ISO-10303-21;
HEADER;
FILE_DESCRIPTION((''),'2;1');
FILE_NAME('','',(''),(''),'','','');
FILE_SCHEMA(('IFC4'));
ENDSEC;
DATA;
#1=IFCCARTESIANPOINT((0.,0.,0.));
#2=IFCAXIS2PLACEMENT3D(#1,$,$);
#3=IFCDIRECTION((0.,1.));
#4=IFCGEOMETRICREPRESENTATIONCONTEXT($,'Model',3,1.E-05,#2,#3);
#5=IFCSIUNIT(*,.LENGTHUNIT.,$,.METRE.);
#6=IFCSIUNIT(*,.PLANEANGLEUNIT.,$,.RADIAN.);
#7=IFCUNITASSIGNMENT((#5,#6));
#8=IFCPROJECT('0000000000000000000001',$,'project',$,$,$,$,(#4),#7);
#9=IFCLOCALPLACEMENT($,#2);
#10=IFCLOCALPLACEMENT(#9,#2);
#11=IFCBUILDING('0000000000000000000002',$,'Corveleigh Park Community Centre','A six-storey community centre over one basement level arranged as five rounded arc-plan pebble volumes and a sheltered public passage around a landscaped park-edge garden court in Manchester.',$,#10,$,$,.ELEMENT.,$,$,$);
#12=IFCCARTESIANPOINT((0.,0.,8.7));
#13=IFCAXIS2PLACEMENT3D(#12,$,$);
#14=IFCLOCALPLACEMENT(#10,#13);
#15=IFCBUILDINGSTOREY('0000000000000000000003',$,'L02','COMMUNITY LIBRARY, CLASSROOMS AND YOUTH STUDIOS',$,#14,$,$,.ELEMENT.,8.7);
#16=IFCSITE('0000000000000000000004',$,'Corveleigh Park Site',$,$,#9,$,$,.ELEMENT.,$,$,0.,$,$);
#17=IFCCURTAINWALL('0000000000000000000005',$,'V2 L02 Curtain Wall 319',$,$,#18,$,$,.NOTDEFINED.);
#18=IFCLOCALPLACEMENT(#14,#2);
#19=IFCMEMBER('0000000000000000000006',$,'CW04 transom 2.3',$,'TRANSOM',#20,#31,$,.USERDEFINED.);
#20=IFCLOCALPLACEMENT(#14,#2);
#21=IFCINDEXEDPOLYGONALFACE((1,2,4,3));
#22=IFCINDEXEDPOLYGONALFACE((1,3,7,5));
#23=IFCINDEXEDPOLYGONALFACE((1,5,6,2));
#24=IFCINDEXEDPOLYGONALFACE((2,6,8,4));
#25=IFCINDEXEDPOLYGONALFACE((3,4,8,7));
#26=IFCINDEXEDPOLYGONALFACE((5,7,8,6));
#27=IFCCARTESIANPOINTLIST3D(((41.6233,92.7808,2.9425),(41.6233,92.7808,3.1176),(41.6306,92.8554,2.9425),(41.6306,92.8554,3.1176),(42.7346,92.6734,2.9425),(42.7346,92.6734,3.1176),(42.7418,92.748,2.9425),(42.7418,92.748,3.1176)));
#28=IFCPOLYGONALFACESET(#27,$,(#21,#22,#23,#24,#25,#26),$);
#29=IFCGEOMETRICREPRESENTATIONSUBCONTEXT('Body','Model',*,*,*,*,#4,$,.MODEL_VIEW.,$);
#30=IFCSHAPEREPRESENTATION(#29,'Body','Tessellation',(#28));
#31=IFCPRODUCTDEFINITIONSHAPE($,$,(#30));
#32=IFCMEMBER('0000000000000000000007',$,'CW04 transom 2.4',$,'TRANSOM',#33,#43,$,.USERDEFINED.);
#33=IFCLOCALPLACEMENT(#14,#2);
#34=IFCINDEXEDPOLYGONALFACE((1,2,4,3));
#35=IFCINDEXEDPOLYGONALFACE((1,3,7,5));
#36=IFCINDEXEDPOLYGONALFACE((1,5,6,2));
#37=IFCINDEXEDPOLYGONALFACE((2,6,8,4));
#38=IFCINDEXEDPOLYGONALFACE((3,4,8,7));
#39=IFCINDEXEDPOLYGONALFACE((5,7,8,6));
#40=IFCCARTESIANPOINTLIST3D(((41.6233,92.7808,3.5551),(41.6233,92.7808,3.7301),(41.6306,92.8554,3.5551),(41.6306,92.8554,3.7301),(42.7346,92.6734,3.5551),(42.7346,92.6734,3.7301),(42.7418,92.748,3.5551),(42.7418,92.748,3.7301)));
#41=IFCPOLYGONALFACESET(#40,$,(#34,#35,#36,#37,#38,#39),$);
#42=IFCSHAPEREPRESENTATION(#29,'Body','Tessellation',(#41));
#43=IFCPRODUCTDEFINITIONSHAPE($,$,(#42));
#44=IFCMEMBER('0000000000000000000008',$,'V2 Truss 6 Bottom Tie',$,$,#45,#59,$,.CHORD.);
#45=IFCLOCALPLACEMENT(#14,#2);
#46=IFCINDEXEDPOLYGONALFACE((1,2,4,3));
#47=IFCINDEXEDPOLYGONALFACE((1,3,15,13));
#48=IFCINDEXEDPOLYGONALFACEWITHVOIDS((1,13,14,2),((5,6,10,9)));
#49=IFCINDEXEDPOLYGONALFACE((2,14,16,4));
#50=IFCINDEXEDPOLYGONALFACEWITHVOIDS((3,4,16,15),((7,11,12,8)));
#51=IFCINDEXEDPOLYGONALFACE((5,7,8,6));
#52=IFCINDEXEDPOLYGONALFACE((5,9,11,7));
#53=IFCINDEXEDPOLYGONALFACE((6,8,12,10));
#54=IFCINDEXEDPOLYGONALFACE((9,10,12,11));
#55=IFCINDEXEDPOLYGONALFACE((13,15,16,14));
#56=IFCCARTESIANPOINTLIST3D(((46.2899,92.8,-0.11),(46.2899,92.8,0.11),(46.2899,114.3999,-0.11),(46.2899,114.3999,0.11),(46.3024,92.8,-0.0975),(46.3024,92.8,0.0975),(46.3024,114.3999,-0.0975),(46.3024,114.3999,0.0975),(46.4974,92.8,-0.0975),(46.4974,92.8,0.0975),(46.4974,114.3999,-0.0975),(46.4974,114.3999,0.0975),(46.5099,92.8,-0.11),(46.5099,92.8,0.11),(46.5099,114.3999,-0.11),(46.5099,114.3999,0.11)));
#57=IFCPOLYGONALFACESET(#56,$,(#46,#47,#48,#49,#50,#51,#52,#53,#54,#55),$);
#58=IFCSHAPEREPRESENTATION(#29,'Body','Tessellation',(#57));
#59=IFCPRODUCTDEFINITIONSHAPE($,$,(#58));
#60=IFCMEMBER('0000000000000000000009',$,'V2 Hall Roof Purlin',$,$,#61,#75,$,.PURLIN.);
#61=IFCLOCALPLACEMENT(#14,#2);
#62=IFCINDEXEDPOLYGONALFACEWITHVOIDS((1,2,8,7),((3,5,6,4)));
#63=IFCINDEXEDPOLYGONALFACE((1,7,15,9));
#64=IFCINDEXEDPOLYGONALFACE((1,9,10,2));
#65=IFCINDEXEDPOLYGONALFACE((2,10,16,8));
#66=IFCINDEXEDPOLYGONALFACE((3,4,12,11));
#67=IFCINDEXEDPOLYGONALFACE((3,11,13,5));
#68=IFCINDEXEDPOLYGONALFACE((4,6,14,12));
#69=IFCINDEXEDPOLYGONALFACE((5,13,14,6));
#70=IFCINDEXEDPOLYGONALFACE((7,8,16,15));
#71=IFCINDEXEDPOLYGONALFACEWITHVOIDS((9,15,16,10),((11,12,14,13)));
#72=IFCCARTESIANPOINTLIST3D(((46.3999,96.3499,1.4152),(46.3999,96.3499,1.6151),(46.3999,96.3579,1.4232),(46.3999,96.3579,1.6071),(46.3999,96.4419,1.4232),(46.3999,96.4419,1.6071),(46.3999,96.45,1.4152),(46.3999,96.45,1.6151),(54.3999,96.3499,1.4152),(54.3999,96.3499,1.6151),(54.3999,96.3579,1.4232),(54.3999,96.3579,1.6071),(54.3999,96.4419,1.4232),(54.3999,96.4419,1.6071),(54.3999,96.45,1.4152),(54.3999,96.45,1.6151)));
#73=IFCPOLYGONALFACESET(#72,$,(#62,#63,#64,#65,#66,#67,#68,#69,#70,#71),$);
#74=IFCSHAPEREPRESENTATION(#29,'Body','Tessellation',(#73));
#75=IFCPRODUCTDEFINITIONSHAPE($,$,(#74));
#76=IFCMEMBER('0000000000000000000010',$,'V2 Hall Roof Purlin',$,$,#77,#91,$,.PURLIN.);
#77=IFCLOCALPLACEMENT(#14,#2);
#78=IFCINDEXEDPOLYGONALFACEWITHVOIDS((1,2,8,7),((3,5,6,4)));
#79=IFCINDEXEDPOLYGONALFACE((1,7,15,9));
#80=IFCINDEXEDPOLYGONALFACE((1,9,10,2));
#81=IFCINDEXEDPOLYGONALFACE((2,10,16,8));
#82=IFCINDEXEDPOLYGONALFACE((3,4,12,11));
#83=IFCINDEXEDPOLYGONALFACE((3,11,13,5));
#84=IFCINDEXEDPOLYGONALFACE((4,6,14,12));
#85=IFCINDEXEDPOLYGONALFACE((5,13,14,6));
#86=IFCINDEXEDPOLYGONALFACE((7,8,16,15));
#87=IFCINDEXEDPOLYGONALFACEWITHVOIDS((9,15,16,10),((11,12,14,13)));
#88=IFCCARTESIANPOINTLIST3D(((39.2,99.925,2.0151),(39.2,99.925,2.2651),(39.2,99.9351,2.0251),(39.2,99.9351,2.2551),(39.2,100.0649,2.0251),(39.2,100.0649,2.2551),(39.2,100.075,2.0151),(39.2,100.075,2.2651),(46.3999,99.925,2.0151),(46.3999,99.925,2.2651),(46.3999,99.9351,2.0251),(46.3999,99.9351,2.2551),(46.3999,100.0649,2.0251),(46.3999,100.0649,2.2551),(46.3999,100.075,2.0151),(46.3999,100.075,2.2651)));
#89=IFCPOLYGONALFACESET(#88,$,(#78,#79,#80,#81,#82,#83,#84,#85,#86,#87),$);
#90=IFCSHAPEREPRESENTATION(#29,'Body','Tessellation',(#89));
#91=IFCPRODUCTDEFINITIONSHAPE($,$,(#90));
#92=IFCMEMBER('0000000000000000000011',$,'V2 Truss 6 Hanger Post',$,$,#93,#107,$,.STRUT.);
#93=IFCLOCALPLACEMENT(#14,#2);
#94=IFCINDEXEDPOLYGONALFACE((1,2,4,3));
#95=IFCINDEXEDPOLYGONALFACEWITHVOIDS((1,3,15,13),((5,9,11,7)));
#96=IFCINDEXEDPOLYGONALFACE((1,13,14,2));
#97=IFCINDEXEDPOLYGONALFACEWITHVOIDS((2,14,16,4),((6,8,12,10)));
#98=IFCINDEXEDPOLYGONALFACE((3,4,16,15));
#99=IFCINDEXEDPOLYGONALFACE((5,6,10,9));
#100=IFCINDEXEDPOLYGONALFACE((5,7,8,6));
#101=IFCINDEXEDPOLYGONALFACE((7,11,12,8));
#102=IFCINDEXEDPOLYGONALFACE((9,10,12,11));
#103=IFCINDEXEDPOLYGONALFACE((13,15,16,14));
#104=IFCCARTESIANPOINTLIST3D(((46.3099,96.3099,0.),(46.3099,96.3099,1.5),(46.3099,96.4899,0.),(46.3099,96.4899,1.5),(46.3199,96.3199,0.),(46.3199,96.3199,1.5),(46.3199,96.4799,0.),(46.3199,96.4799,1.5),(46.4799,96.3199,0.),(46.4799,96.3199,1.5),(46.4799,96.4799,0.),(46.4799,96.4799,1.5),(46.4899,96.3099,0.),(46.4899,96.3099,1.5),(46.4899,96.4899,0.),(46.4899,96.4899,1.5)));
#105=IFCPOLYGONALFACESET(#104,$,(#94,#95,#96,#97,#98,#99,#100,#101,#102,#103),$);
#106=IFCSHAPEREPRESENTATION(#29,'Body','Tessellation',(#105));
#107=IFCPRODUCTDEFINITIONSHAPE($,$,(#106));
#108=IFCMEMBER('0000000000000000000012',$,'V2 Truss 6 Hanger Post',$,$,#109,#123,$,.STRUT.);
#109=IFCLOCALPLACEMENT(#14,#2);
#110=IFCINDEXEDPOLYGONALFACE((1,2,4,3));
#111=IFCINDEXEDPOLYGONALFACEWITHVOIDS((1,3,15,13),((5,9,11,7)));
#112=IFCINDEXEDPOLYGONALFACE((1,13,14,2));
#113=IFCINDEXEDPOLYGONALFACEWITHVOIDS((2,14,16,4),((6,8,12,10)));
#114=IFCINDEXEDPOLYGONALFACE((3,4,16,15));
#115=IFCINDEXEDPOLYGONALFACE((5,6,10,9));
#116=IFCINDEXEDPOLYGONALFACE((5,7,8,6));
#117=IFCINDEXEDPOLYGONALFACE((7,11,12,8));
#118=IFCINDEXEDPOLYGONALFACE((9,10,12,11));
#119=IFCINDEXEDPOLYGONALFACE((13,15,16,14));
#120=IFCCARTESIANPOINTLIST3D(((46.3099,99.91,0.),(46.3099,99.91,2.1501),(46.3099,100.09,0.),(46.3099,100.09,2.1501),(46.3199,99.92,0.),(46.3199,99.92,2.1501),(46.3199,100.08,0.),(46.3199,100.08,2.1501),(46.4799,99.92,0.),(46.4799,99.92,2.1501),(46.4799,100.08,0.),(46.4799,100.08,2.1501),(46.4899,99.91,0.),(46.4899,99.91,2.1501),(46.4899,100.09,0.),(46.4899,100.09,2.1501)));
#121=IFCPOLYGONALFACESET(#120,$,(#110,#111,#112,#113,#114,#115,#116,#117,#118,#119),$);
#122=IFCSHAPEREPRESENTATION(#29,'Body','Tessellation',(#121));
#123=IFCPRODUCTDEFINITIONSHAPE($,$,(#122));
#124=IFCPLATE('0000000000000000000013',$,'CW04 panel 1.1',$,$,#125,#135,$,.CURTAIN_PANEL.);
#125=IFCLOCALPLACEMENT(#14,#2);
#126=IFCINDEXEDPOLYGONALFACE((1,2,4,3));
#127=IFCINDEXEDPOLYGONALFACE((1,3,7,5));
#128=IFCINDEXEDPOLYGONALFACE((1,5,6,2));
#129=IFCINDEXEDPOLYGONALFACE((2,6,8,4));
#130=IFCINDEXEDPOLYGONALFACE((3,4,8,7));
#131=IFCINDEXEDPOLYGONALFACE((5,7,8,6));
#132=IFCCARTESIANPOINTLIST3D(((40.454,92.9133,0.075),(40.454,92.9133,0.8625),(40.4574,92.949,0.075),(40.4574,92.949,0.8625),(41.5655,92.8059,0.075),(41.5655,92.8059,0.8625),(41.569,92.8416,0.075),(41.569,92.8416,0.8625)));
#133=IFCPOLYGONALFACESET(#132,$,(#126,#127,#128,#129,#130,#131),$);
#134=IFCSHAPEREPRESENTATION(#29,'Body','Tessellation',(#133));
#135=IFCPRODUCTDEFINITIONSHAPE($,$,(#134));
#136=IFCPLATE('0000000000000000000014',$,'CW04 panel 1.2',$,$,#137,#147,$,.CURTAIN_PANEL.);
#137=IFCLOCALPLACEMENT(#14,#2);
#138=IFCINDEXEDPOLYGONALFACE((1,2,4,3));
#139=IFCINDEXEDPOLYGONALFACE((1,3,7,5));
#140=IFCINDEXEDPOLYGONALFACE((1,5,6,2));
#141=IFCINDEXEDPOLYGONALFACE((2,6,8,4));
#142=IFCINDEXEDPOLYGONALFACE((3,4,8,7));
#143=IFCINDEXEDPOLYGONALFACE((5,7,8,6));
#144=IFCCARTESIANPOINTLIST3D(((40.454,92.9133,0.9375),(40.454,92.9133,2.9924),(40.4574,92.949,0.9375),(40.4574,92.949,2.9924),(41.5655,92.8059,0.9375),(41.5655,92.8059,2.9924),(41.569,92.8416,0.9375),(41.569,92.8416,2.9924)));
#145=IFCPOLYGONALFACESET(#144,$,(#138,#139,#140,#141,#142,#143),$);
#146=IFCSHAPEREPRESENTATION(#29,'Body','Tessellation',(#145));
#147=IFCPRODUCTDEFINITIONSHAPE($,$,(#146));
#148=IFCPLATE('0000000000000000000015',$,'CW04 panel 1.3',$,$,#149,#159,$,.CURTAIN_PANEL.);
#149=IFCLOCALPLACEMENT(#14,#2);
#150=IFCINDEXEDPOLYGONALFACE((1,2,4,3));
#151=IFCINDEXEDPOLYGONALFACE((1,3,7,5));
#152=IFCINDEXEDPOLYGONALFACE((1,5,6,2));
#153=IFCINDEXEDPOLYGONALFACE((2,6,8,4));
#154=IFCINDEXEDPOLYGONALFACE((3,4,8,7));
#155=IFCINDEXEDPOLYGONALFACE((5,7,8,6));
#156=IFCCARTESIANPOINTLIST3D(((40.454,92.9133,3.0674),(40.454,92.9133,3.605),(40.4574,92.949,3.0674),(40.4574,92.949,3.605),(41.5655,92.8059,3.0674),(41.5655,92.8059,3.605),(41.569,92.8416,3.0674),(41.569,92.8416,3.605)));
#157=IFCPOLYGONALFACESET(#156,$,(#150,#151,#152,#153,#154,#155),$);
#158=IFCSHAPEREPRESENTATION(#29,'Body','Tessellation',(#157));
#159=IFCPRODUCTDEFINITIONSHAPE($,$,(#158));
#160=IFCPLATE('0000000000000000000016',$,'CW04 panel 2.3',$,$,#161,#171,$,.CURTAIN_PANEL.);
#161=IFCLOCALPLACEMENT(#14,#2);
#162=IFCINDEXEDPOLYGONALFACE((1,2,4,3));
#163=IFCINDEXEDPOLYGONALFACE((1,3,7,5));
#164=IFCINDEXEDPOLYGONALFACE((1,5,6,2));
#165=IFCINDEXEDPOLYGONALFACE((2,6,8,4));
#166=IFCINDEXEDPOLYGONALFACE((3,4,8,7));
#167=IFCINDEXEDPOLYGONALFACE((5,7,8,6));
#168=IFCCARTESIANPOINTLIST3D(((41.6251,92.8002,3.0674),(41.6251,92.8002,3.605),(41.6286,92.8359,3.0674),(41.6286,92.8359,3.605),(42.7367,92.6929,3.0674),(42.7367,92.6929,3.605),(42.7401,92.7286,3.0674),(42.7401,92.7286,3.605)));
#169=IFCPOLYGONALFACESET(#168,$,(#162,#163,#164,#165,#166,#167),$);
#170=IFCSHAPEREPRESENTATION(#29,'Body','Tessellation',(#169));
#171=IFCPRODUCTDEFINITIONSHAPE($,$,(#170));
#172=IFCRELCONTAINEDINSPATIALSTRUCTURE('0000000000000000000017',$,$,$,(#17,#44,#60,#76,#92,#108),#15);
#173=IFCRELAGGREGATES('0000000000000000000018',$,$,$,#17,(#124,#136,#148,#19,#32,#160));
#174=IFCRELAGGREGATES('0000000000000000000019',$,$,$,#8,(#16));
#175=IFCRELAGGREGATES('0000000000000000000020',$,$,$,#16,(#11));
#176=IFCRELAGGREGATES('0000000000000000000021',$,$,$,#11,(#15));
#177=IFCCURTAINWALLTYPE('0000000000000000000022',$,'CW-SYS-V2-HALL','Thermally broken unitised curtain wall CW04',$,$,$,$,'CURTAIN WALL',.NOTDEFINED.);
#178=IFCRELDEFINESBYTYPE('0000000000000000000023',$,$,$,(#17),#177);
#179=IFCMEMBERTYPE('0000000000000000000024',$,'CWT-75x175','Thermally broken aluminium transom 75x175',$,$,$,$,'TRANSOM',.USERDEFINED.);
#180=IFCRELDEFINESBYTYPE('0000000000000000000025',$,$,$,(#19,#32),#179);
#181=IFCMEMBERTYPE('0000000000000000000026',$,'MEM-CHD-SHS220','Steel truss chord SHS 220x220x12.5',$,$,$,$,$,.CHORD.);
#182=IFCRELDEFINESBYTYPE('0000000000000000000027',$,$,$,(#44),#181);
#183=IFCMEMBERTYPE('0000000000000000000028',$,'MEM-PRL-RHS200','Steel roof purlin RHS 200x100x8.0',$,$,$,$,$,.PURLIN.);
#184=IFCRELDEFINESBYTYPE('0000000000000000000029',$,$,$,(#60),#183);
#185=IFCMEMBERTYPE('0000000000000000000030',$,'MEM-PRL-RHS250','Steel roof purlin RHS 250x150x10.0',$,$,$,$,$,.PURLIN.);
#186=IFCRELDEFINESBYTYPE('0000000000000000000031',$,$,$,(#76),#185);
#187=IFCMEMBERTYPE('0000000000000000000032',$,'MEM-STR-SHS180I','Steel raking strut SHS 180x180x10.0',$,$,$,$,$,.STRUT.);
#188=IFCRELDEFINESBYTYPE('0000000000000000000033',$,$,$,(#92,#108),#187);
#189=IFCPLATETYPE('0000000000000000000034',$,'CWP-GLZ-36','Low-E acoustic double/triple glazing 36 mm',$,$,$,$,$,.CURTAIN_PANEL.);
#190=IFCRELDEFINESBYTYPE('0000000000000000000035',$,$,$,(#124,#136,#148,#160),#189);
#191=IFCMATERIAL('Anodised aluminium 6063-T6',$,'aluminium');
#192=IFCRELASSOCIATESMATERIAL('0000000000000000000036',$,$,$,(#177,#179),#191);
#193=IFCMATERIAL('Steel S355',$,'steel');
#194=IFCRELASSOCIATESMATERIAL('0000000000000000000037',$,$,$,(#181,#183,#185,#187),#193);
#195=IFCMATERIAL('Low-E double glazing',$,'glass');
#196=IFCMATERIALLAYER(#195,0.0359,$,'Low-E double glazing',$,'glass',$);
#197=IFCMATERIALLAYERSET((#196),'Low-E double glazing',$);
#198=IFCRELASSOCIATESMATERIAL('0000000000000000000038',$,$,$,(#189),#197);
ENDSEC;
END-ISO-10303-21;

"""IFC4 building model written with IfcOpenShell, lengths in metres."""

from ifc_helpers import new_model, si_unit, direction, frame, origin, origin_2d, place, context, subcontext, project, spatial, rectangle, hollow_rectangle, extrude, material, layer, layer_set, material_profile, profile_set, type_object, element, aggregate, save


model = new_model("IFC4")

# Units and contexts
model_context = context("Model", 3, precision=1e-05, world=origin(), true_north=direction((0.0, 1.0)))
body_context = subcontext(model_context, "Body", "Model", "MODEL_VIEW")
ifc_project = project(units=[si_unit("LENGTHUNIT", "METRE"), si_unit("PLANEANGLEUNIT", "RADIAN")], contexts=[model_context])

# Site, building, storey
site_placement = place(None, origin())
site = spatial("IfcSite", under=ifc_project, at=site_placement, Name="Corveleigh Park Site", CompositionType="ELEMENT", RefElevation=0.0)
building_placement = place(site_placement, origin())
building = spatial("IfcBuilding", under=site, at=building_placement, Name="Corveleigh Park Community Centre", Description="A six-storey community centre over one basement level arranged as five rounded arc-plan pebble volumes and a sheltered public passage around a landscaped park-edge garden court in Manchester.", CompositionType="ELEMENT")
storey_placement = place(building_placement, frame((0.0, 0.0, 8.7)))
storey = spatial("IfcBuildingStorey", under=building, at=storey_placement, Name="L02", Description="COMMUNITY LIBRARY, CLASSROOMS AND YOUTH STUDIOS", CompositionType="ELEMENT", Elevation=8.7)

# Shared definitions
ifc_material_1 = material(Name="Steel S355", Category="steel")

# Curtain wall, members
ifc_material_2 = material(Name="Anodised aluminium 6063-T6", Category="aluminium")
curtain_wall_type = type_object("IfcCurtainWallType", Name="CW-SYS-V2-HALL", Description="Thermally broken unitised curtain wall CW04", ElementType="CURTAIN WALL", PredefinedType="NOTDEFINED", material=ifc_material_2)
curtain_wall_placement = place(storey_placement, origin())
curtain_wall = element("IfcCurtainWall", 1, at=curtain_wall_placement, inside=storey, type_object=curtain_wall_type, Name="V2 L02 Curtain Wall 319", PredefinedType="NOTDEFINED")
ifc_material_profile_1 = material_profile(ifc_material_2, rectangle(XDim=0.075, YDim=0.175, at=origin_2d()), Name="ALU-T75x175", Category="aluminium")
ifc_profile_set_1 = profile_set([ifc_material_profile_1], Name="Anodised aluminium 6063-T6")
member_type_1 = type_object("IfcMemberType", Name="CWT-75x175", Description="Thermally broken aluminium transom 75x175", ElementType="TRANSOM", PredefinedType="USERDEFINED", material=ifc_profile_set_1)
member_1_placement = place(storey_placement, frame((41.627, 92.8181, 3.03), z_axis=(0.995361, -0.096212, 0.0), x_axis=(0.096212, 0.995361, 0.0)))
member_1 = element("IfcMember", 2, at=member_1_placement, type_object=member_type_1, Name="CW04 transom 2.3", ObjectType="TRANSOM", PredefinedType="USERDEFINED", context=body_context, shape_type="SweptSolid", body=[
    extrude(rectangle(XDim=0.075, YDim=0.175, at=origin_2d()), origin(), (0.0, 0.0, 1.0), 1.1165),
])
member_2_placement = place(storey_placement, frame((41.627, 92.8181, 3.6426), z_axis=(0.995361, -0.096212, 0.0), x_axis=(0.096212, 0.995361, 0.0)))
member_2 = element("IfcMember", 3, at=member_2_placement, type_object=member_type_1, Name="CW04 transom 2.4", ObjectType="TRANSOM", PredefinedType="USERDEFINED", context=body_context, shape_type="SweptSolid", body=[
    extrude(rectangle(XDim=0.075, YDim=0.175, at=origin_2d()), origin(), (0.0, 0.0, 1.0), 1.1165),
])

# Members
ifc_material_profile_2 = material_profile(ifc_material_1, hollow_rectangle(XDim=0.22, YDim=0.22, WallThickness=0.0125, at=origin_2d()), Name="SHS 220x220x12.5", Category="steel")
ifc_profile_set_2 = profile_set([ifc_material_profile_2], Name="Steel S355")
member_type_2 = type_object("IfcMemberType", Name="MEM-CHD-SHS220", Description="Steel truss chord SHS 220x220x12.5", PredefinedType="CHORD", material=ifc_profile_set_2)
member_3_placement = place(storey_placement, frame((46.3999, 92.8, 0.0), z_axis=(0.0, 1.0, 0.0), x_axis=(-1.0, 0.0, 0.0)))
element("IfcMember", 4, at=member_3_placement, inside=storey, type_object=member_type_2, Name="V2 Truss 6 Bottom Tie", PredefinedType="CHORD", context=body_context, shape_type="SweptSolid", body=[
    extrude(hollow_rectangle(XDim=0.22, YDim=0.22, WallThickness=0.0125, at=origin_2d()), origin(), (0.0, 0.0, 1.0), 21.5999),
])
ifc_material_profile_3 = material_profile(ifc_material_1, hollow_rectangle(XDim=0.1001, YDim=0.2, WallThickness=0.0081, at=origin_2d()), Name="RHS 200x100x8.0", Category="steel")
ifc_profile_set_3 = profile_set([ifc_material_profile_3], Name="Steel S355")
member_type_3 = type_object("IfcMemberType", Name="MEM-PRL-RHS200", Description="Steel roof purlin RHS 200x100x8.0", PredefinedType="PURLIN", material=ifc_profile_set_3)
member_4_placement = place(storey_placement, frame((46.3999, 96.3999, 1.5151), z_axis=(1.0, 0.0, 0.0), x_axis=(0.0, 1.0, 0.0)))
element("IfcMember", 5, at=member_4_placement, inside=storey, type_object=member_type_3, Name="V2 Hall Roof Purlin", PredefinedType="PURLIN", context=body_context, shape_type="SweptSolid", body=[
    extrude(hollow_rectangle(XDim=0.1001, YDim=0.2, WallThickness=0.0081, at=origin_2d()), origin(), (0.0, 0.0, 1.0), 8.0),
])
ifc_material_profile_4 = material_profile(ifc_material_1, hollow_rectangle(XDim=0.1499, YDim=0.25, WallThickness=0.01, at=origin_2d()), Name="RHS 250x150x10.0", Category="steel")
ifc_profile_set_4 = profile_set([ifc_material_profile_4], Name="Steel S355")
member_type_4 = type_object("IfcMemberType", Name="MEM-PRL-RHS250", Description="Steel roof purlin RHS 250x150x10.0", PredefinedType="PURLIN", material=ifc_profile_set_4)
member_5_placement = place(storey_placement, frame((39.2, 100.0, 2.1401), z_axis=(1.0, 0.0, 0.0), x_axis=(0.0, 1.0, 0.0)))
element("IfcMember", 6, at=member_5_placement, inside=storey, type_object=member_type_4, Name="V2 Hall Roof Purlin", PredefinedType="PURLIN", context=body_context, shape_type="SweptSolid", body=[
    extrude(hollow_rectangle(XDim=0.1499, YDim=0.25, WallThickness=0.01, at=origin_2d()), origin(), (0.0, 0.0, 1.0), 7.2),
])
ifc_material_profile_5 = material_profile(ifc_material_1, hollow_rectangle(XDim=0.1799, YDim=0.1799, WallThickness=0.01, at=origin_2d()), Name="SHS 180x180x10.0", Category="steel")
ifc_profile_set_5 = profile_set([ifc_material_profile_5], Name="Steel S355")
member_type_5 = type_object("IfcMemberType", Name="MEM-STR-SHS180I", Description="Steel raking strut SHS 180x180x10.0", PredefinedType="STRUT", material=ifc_profile_set_5)
member_6_placement = place(storey_placement, frame((46.3999, 96.3999, 0.0), z_axis=(0.0, 0.0, 1.0), x_axis=(1.0, 0.0, 0.0)))
element("IfcMember", 7, at=member_6_placement, inside=storey, type_object=member_type_5, Name="V2 Truss 6 Hanger Post", PredefinedType="STRUT", context=body_context, shape_type="SweptSolid", body=[
    extrude(hollow_rectangle(XDim=0.1799, YDim=0.1799, WallThickness=0.01, at=origin_2d()), origin(), (0.0, 0.0, 1.0), 1.5),
])
member_7_placement = place(storey_placement, frame((46.3999, 100.0, 0.0), z_axis=(0.0, 0.0, 1.0), x_axis=(1.0, 0.0, 0.0)))
element("IfcMember", 8, at=member_7_placement, inside=storey, type_object=member_type_5, Name="V2 Truss 6 Hanger Post", PredefinedType="STRUT", context=body_context, shape_type="SweptSolid", body=[
    extrude(hollow_rectangle(XDim=0.1799, YDim=0.1799, WallThickness=0.01, at=origin_2d()), origin(), (0.0, 0.0, 1.0), 2.1501),
])

# Plates
ifc_material_3 = material(Name="Low-E double glazing", Category="glass")
ifc_layer_1 = layer(ifc_material_3, 0.0359, Name="Low-E double glazing", Category="glass")
ifc_layer_set_1 = layer_set([ifc_layer_1], Name="Low-E double glazing")
plate_type_1 = type_object("IfcPlateType", Name="CWP-GLZ-36", Description="Low-E acoustic double/triple glazing 36 mm", PredefinedType="CURTAIN_PANEL", material=ifc_layer_set_1)
plate_1_placement = place(storey_placement, frame((41.0115, 92.8774, 0.075), z_axis=(0.0, 0.0, 1.0), x_axis=(0.995368, -0.096139, 0.0)))
plate_1 = element("IfcPlate", 9, at=plate_1_placement, type_object=plate_type_1, Name="CW04 panel 1.1", PredefinedType="CURTAIN_PANEL", context=body_context, shape_type="SweptSolid", body=[
    extrude(rectangle(XDim=1.1167, YDim=0.0359, at=origin_2d()), origin(), (0.0, 0.0, 1.0), 0.7876),
])
plate_2_placement = place(storey_placement, frame((41.0115, 92.8774, 0.9375), z_axis=(0.0, 0.0, 1.0), x_axis=(0.995368, -0.096139, 0.0)))
plate_2 = element("IfcPlate", 10, at=plate_2_placement, type_object=plate_type_1, Name="CW04 panel 1.2", PredefinedType="CURTAIN_PANEL", context=body_context, shape_type="SweptSolid", body=[
    extrude(rectangle(XDim=1.1167, YDim=0.0359, at=origin_2d()), origin(), (0.0, 0.0, 1.0), 2.0549),
])
plate_3_placement = place(storey_placement, frame((41.0115, 92.8774, 3.0674), z_axis=(0.0, 0.0, 1.0), x_axis=(0.995368, -0.096139, 0.0)))
plate_3 = element("IfcPlate", 11, at=plate_3_placement, type_object=plate_type_1, Name="CW04 panel 1.3", PredefinedType="CURTAIN_PANEL", context=body_context, shape_type="SweptSolid", body=[
    extrude(rectangle(XDim=1.1167, YDim=0.0359, at=origin_2d()), origin(), (0.0, 0.0, 1.0), 0.5376),
])
plate_4_placement = place(storey_placement, frame((42.1826, 92.7644, 3.0674), z_axis=(0.0, 0.0, 1.0), x_axis=(0.995368, -0.096139, 0.0)))
plate_4 = element("IfcPlate", 12, at=plate_4_placement, type_object=plate_type_1, Name="CW04 panel 2.3", PredefinedType="CURTAIN_PANEL", context=body_context, shape_type="SweptSolid", body=[
    extrude(rectangle(XDim=1.1167, YDim=0.0359, at=origin_2d()), origin(), (0.0, 0.0, 1.0), 0.5376),
])
aggregate(curtain_wall, [plate_1, plate_2, plate_3, member_1, member_2, plate_4])

save(model, "model.ifc")
